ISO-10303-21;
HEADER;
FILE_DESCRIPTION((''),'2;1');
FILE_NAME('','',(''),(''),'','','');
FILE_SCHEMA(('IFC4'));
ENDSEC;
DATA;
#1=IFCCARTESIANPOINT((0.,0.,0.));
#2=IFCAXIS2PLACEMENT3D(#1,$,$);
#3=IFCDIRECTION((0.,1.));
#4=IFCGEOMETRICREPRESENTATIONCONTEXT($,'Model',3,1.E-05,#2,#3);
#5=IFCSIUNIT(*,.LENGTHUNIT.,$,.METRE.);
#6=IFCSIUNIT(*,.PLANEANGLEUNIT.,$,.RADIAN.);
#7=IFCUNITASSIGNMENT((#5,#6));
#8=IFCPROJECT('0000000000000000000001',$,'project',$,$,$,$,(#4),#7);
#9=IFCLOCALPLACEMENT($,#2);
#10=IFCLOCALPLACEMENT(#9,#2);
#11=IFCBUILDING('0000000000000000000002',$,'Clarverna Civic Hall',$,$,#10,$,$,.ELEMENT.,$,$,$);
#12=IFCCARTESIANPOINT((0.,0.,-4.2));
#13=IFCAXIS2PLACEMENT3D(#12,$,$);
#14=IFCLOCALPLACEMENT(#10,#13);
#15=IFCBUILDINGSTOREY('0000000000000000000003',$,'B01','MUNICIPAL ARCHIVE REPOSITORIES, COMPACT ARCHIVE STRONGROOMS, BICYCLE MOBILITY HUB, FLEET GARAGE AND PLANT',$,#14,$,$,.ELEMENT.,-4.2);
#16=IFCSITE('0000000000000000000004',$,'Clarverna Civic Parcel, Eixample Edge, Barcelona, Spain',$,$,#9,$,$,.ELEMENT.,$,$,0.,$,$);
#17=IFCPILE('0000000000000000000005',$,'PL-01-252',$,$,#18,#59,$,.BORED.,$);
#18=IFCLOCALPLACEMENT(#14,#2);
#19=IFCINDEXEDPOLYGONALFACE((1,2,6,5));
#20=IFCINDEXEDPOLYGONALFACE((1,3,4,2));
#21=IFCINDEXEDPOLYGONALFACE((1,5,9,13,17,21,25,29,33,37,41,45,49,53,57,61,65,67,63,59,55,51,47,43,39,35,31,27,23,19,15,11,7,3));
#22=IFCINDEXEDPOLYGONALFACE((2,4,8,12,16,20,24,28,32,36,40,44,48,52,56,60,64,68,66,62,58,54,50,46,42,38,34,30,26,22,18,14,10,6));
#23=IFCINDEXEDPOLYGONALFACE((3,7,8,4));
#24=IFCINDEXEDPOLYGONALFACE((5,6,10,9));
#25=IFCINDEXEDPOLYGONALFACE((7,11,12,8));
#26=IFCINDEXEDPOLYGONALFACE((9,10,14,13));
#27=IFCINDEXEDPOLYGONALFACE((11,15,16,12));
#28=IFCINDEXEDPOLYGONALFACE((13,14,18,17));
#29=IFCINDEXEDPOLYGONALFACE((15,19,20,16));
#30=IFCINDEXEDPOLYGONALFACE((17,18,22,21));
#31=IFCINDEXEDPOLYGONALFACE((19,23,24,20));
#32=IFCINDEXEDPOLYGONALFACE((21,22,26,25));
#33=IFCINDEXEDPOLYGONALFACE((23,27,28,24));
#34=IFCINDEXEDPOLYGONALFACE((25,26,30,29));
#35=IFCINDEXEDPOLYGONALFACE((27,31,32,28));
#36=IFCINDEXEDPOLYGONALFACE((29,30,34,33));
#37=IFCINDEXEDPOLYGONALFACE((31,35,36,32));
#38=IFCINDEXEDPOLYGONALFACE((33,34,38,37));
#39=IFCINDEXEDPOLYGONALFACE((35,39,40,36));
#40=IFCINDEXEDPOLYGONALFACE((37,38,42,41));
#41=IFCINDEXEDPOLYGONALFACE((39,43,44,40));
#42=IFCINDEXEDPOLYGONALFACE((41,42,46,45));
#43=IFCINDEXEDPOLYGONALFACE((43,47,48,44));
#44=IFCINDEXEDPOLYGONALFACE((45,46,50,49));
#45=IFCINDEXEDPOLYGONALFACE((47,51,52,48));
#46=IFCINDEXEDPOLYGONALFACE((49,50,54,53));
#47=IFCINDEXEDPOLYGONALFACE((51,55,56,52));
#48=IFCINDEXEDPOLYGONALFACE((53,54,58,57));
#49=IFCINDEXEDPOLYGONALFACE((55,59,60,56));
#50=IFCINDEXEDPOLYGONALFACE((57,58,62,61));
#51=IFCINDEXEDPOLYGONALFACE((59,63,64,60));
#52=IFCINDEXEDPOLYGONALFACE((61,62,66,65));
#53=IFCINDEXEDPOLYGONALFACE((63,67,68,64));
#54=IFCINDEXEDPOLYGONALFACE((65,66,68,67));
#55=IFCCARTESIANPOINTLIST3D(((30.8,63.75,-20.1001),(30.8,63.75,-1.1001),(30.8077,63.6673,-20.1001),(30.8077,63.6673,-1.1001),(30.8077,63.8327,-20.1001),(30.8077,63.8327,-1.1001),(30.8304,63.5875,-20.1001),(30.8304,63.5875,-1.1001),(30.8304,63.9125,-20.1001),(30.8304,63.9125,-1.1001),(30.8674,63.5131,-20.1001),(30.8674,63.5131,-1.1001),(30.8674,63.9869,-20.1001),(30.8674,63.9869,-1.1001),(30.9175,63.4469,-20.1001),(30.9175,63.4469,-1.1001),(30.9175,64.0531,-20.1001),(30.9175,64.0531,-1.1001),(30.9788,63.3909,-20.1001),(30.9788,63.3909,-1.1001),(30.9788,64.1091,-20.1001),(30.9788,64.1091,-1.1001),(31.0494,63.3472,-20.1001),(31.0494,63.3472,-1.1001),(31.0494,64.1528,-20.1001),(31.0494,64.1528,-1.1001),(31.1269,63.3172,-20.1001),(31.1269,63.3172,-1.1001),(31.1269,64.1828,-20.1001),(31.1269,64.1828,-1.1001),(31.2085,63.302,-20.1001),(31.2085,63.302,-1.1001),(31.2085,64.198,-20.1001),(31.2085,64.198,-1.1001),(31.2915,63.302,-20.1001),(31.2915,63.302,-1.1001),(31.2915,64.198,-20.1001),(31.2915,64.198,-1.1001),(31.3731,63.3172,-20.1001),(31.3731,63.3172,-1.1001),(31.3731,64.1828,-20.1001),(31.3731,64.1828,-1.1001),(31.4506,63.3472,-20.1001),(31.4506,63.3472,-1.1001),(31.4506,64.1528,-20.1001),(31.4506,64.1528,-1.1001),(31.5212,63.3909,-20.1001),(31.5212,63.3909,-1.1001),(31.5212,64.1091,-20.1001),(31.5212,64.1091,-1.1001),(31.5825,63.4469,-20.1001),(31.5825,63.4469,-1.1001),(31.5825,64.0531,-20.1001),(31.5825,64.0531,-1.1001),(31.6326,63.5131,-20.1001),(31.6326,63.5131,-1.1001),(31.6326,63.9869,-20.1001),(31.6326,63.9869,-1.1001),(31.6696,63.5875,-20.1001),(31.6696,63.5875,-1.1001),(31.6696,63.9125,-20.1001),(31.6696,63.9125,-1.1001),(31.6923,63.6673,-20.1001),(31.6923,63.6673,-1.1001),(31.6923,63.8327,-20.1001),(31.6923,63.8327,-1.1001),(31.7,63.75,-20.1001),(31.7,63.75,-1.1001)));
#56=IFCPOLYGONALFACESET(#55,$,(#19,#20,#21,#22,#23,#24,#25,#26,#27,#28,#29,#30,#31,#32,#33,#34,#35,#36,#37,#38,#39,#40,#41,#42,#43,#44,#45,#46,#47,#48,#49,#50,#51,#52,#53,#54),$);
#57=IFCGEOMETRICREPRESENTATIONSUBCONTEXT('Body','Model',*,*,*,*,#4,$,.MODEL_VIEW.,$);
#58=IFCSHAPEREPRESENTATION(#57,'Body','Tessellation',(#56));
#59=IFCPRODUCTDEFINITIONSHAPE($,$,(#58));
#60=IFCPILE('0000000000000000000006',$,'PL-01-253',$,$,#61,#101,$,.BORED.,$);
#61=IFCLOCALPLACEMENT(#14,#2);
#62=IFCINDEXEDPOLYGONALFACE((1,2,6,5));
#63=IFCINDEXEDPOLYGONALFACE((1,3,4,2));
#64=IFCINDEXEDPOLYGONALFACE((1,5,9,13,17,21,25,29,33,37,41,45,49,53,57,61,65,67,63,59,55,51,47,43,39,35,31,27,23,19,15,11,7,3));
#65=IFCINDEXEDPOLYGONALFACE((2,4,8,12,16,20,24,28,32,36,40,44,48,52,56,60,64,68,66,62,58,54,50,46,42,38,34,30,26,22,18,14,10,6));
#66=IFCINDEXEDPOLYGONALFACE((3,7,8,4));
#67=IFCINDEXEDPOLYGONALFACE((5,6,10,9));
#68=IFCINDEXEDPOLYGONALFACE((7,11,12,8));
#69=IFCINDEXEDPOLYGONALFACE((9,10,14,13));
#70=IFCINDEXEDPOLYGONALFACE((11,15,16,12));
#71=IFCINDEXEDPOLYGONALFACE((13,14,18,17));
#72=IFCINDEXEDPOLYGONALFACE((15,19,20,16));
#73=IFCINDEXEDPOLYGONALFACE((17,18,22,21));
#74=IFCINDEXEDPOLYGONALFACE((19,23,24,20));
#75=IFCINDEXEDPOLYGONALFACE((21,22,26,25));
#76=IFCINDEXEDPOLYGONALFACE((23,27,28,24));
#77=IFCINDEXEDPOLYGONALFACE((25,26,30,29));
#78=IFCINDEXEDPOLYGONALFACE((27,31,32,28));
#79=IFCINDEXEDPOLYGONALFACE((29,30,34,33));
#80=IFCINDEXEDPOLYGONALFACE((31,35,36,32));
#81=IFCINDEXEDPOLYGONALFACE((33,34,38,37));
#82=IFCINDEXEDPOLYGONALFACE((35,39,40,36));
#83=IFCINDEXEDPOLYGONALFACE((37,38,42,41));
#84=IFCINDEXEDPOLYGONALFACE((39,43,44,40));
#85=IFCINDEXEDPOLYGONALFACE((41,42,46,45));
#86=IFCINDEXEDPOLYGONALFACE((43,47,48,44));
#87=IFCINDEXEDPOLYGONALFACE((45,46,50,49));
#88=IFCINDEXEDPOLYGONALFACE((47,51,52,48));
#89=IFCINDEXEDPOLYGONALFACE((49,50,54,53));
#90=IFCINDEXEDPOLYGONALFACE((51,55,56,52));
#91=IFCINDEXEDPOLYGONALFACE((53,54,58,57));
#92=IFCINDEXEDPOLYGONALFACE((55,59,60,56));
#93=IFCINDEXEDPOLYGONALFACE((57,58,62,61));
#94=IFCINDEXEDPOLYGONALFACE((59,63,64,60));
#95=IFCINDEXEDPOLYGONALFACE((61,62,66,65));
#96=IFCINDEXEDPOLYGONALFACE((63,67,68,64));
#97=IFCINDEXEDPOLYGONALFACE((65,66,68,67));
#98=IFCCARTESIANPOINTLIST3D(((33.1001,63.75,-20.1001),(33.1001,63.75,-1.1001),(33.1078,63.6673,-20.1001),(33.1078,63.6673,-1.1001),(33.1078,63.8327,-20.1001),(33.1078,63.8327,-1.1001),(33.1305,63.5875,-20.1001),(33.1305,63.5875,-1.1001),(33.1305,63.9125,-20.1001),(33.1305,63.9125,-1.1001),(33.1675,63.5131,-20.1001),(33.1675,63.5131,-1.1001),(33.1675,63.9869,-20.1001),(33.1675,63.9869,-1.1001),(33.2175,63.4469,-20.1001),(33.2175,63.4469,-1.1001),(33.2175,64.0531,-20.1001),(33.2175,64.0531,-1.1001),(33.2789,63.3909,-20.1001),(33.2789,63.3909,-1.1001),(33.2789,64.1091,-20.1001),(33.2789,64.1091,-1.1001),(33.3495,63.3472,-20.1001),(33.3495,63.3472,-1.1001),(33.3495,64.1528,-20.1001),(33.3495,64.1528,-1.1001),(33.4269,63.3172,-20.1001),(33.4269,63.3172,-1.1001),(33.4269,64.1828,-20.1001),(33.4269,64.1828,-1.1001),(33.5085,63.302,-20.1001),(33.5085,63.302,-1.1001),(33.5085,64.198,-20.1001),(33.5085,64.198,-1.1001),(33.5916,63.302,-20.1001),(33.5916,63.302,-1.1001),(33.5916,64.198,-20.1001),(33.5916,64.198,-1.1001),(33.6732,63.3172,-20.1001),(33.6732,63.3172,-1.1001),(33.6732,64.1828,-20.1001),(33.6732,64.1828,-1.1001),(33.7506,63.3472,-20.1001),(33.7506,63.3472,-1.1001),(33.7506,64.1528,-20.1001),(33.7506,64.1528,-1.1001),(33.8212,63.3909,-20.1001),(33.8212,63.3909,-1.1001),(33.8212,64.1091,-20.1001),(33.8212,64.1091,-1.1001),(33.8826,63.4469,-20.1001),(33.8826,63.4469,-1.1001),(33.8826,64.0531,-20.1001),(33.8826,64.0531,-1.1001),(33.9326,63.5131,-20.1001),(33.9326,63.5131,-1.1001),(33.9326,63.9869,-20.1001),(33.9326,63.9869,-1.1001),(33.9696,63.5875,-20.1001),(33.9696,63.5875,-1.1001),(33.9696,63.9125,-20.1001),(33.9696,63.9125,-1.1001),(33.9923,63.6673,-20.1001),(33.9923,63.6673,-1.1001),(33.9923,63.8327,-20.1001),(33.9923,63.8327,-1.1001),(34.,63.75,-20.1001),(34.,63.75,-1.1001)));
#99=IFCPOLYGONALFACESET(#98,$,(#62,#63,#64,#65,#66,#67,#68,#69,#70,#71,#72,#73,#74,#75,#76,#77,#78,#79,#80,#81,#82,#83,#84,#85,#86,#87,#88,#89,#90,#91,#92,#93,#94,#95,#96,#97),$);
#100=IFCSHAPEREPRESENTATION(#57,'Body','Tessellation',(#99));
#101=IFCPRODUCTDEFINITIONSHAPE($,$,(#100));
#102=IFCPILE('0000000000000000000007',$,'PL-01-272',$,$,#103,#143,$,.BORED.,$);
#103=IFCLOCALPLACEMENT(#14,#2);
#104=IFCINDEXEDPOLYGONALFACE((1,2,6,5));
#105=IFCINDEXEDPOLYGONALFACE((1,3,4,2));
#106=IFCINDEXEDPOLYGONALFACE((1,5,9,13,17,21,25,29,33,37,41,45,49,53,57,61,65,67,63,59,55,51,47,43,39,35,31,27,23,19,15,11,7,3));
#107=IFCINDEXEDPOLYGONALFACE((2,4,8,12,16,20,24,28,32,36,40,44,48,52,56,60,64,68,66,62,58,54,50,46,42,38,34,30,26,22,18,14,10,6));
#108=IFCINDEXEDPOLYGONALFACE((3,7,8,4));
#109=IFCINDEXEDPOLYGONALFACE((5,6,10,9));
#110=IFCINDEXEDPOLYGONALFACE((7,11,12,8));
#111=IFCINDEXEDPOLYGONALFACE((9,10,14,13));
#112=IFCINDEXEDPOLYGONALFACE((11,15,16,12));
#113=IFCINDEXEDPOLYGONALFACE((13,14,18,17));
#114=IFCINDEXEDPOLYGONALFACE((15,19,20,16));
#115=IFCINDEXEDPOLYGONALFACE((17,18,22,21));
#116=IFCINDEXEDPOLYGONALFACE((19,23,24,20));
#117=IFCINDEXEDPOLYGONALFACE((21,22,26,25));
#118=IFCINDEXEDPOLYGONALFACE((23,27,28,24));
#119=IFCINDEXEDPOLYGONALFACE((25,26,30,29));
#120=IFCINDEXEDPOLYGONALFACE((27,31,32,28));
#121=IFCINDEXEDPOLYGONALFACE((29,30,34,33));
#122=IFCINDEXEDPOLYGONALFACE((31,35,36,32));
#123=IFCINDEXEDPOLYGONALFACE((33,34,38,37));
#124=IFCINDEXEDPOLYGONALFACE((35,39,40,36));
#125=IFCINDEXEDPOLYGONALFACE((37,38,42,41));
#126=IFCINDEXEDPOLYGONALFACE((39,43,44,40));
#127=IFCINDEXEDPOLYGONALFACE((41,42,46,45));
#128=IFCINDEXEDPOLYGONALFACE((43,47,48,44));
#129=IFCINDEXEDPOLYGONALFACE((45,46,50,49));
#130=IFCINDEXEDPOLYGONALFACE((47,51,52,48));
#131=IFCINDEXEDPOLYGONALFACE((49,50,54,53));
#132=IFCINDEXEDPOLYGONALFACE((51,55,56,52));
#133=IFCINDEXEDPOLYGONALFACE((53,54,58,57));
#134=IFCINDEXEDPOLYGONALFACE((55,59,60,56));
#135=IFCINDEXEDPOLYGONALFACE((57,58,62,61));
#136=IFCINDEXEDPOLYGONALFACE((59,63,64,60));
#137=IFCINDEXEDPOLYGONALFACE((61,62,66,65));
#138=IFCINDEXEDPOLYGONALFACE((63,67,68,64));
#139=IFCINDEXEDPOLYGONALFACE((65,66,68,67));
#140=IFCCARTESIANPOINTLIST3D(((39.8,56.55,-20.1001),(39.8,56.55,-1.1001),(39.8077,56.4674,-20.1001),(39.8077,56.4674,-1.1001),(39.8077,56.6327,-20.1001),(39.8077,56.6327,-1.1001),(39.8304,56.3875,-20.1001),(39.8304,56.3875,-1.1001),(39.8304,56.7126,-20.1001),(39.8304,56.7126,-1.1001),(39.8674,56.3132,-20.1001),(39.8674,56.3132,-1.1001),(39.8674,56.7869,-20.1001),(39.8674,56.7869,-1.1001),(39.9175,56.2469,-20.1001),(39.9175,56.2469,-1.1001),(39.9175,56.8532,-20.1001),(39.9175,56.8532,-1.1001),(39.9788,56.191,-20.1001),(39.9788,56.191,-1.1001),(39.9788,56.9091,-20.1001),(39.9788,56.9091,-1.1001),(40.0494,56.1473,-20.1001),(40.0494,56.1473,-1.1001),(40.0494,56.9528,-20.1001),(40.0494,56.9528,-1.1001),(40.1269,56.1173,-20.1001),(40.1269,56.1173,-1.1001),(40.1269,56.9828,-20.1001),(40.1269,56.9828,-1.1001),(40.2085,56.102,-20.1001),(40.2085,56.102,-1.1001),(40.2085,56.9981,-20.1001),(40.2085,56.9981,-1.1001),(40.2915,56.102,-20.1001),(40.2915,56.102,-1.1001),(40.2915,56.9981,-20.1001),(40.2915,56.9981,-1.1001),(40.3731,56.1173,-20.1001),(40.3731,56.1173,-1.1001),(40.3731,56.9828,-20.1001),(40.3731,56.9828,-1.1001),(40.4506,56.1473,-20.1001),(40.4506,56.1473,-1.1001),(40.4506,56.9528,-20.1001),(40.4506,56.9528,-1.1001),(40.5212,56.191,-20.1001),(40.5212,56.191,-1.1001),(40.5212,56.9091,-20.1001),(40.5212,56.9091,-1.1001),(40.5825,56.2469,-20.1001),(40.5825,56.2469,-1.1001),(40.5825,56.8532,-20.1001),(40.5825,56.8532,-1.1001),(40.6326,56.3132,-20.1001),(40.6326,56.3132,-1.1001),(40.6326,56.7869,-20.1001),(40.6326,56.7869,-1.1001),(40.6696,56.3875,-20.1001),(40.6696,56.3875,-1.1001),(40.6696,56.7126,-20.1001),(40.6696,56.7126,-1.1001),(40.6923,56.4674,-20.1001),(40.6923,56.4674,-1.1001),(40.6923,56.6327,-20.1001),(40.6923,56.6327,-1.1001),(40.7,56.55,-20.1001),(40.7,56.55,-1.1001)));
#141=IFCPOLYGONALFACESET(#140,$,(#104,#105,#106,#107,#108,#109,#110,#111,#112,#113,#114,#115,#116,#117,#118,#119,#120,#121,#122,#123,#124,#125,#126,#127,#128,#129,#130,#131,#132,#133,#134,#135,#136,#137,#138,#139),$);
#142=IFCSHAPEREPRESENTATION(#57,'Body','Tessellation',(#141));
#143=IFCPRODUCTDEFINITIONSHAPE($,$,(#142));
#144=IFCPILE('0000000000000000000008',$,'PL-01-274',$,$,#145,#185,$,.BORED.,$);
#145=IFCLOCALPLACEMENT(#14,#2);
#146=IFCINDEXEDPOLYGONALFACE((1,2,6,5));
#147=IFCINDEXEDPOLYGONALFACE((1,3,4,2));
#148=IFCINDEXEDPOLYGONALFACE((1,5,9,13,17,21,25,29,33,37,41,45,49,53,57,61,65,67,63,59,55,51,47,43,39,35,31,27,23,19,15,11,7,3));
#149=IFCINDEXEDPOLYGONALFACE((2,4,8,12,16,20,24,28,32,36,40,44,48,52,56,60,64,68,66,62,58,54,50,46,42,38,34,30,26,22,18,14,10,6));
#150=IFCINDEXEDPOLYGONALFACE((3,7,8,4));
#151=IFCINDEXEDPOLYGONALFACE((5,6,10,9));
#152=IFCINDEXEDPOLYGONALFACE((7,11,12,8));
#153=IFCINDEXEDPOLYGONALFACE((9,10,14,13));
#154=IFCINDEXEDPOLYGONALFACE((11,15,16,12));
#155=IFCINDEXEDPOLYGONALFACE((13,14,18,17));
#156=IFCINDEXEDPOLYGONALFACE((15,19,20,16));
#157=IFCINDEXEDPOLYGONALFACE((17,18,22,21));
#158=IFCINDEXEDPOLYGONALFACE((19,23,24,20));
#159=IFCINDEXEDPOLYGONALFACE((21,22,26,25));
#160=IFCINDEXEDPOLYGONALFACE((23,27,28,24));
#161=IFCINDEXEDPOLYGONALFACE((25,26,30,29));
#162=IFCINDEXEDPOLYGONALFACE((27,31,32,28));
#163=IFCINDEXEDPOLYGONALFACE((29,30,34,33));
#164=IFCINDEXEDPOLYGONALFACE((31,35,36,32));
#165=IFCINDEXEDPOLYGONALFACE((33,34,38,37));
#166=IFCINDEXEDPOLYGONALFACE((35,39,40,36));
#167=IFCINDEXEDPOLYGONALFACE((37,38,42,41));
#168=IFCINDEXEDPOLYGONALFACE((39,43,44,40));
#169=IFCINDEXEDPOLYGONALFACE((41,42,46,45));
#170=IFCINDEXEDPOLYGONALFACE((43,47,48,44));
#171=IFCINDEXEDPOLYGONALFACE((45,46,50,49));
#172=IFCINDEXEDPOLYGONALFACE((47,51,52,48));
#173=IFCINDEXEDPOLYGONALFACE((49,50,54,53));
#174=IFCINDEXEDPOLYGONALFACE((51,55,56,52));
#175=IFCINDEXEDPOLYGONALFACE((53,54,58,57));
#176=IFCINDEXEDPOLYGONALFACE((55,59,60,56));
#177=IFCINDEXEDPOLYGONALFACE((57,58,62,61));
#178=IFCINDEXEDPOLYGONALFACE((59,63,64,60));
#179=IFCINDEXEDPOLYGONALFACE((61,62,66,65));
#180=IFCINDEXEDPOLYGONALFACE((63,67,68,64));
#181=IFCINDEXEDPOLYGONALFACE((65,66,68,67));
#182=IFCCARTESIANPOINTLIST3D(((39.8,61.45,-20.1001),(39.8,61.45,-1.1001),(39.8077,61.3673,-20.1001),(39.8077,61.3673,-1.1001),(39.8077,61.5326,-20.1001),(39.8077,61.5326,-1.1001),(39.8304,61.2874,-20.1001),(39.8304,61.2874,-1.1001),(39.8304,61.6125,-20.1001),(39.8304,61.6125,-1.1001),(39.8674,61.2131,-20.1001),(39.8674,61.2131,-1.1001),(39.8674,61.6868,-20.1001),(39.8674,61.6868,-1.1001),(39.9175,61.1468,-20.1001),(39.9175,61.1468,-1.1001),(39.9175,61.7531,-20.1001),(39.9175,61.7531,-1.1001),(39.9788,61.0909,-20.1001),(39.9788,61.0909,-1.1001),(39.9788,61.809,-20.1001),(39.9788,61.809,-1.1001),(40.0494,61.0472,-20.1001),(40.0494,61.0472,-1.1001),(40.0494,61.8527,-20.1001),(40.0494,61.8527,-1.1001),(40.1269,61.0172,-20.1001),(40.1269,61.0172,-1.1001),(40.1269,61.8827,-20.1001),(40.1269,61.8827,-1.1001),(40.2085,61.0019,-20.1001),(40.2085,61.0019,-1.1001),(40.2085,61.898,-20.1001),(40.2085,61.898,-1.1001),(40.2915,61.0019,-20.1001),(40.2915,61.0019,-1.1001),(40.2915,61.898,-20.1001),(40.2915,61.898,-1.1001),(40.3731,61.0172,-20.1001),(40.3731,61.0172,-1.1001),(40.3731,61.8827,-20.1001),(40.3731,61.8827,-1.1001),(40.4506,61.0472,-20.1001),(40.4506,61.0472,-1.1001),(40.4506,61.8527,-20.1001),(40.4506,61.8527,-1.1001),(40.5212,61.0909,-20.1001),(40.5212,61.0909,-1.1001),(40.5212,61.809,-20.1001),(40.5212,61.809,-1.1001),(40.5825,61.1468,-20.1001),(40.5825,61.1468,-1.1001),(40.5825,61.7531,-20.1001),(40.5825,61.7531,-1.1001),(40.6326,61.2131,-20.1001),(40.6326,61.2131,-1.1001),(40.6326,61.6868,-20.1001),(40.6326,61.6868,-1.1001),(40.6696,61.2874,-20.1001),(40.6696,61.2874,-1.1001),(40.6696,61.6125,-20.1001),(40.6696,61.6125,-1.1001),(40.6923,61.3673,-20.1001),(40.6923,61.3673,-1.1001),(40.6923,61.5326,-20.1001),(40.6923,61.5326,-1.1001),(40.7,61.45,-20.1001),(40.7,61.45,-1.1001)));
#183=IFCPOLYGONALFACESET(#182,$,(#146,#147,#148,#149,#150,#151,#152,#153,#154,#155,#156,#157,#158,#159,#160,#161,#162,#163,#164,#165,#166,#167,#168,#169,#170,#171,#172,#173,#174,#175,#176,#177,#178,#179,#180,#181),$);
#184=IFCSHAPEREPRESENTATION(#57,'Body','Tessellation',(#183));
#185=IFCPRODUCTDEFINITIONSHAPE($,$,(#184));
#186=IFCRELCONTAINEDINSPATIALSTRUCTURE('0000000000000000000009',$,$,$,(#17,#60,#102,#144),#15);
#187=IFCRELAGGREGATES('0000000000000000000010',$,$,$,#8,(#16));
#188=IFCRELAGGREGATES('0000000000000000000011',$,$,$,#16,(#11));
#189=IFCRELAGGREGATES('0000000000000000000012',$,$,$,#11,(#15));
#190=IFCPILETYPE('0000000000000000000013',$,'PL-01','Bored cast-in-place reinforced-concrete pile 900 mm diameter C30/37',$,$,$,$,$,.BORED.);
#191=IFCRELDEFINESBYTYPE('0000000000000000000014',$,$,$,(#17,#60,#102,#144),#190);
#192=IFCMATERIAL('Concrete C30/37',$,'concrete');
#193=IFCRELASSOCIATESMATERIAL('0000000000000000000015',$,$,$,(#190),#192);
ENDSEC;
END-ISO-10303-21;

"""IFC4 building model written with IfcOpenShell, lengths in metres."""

from ifc_helpers import new_model, si_unit, direction, frame, origin, origin_2d, place, context, subcontext, project, spatial, circle, extrude, material, material_profile, profile_set, type_object, element, save


model = new_model("IFC4")

# Units and contexts
model_context = context("Model", 3, precision=1e-05, world=origin(), true_north=direction((0.0, 1.0)))
body_context = subcontext(model_context, "Body", "Model", "MODEL_VIEW")
ifc_project = project(units=[si_unit("LENGTHUNIT", "METRE"), si_unit("PLANEANGLEUNIT", "RADIAN")], contexts=[model_context])

# Site, building, storey
site_placement = place(None, origin())
site = spatial("IfcSite", under=ifc_project, at=site_placement, Name="Clarverna Civic Parcel, Eixample Edge, Barcelona, Spain", CompositionType="ELEMENT", RefElevation=0.0)
building_placement = place(site_placement, origin())
building = spatial("IfcBuilding", under=site, at=building_placement, Name="Clarverna Civic Hall", CompositionType="ELEMENT")
storey_placement = place(building_placement, frame((0.0, 0.0, -4.2)))
storey = spatial("IfcBuildingStorey", under=building, at=storey_placement, Name="B01", Description="MUNICIPAL ARCHIVE REPOSITORIES, COMPACT ARCHIVE STRONGROOMS, BICYCLE MOBILITY HUB, FLEET GARAGE AND PLANT", CompositionType="ELEMENT", Elevation=-4.2)

# Shared definitions
ifc_material_1 = material(Name="Concrete C30/37", Category="concrete")

# Piles
ifc_material_profile_1 = material_profile(ifc_material_1, circle(Radius=0.45, at=origin_2d()), Name="BORED PILE D900")
ifc_profile_set_1 = profile_set([ifc_material_profile_1], Name="Concrete C30/37")
pile_type = type_object("IfcPileType", Name="PL-01", Description="Bored cast-in-place reinforced-concrete pile 900 mm diameter C30/37", PredefinedType="BORED", material=ifc_profile_set_1)
for number, where, z_axis, x_axis, name in (
    (1, (31.25, 63.75, -1.1001), (0.0, 0.0, -1.0), (1.0, 0.0, 0.0), "PL-01-252"),
    (2, (33.55, 63.75, -1.1001), (0.0, 0.0, -1.0), (1.0, 0.0, 0.0), "PL-01-253"),
    (3, (40.25, 56.55, -1.1001), (0.0, 0.0, -1.0), (1.0, 0.0, 0.0), "PL-01-272"),
    (4, (40.25, 61.45, -1.1001), (0.0, 0.0, -1.0), (1.0, 0.0, 0.0), "PL-01-274"),
):
    element("IfcPile", number, at=place(storey_placement, frame(where, z_axis=z_axis, x_axis=x_axis)), inside=storey, type_object=pile_type, Name=name, PredefinedType="BORED", context=body_context, shape_type="SweptSolid", body=[
        extrude(circle(Radius=0.45, at=origin_2d()), origin(), (0.0, 0.0, 1.0), 19.0),
    ])

save(model, "model.ifc")
